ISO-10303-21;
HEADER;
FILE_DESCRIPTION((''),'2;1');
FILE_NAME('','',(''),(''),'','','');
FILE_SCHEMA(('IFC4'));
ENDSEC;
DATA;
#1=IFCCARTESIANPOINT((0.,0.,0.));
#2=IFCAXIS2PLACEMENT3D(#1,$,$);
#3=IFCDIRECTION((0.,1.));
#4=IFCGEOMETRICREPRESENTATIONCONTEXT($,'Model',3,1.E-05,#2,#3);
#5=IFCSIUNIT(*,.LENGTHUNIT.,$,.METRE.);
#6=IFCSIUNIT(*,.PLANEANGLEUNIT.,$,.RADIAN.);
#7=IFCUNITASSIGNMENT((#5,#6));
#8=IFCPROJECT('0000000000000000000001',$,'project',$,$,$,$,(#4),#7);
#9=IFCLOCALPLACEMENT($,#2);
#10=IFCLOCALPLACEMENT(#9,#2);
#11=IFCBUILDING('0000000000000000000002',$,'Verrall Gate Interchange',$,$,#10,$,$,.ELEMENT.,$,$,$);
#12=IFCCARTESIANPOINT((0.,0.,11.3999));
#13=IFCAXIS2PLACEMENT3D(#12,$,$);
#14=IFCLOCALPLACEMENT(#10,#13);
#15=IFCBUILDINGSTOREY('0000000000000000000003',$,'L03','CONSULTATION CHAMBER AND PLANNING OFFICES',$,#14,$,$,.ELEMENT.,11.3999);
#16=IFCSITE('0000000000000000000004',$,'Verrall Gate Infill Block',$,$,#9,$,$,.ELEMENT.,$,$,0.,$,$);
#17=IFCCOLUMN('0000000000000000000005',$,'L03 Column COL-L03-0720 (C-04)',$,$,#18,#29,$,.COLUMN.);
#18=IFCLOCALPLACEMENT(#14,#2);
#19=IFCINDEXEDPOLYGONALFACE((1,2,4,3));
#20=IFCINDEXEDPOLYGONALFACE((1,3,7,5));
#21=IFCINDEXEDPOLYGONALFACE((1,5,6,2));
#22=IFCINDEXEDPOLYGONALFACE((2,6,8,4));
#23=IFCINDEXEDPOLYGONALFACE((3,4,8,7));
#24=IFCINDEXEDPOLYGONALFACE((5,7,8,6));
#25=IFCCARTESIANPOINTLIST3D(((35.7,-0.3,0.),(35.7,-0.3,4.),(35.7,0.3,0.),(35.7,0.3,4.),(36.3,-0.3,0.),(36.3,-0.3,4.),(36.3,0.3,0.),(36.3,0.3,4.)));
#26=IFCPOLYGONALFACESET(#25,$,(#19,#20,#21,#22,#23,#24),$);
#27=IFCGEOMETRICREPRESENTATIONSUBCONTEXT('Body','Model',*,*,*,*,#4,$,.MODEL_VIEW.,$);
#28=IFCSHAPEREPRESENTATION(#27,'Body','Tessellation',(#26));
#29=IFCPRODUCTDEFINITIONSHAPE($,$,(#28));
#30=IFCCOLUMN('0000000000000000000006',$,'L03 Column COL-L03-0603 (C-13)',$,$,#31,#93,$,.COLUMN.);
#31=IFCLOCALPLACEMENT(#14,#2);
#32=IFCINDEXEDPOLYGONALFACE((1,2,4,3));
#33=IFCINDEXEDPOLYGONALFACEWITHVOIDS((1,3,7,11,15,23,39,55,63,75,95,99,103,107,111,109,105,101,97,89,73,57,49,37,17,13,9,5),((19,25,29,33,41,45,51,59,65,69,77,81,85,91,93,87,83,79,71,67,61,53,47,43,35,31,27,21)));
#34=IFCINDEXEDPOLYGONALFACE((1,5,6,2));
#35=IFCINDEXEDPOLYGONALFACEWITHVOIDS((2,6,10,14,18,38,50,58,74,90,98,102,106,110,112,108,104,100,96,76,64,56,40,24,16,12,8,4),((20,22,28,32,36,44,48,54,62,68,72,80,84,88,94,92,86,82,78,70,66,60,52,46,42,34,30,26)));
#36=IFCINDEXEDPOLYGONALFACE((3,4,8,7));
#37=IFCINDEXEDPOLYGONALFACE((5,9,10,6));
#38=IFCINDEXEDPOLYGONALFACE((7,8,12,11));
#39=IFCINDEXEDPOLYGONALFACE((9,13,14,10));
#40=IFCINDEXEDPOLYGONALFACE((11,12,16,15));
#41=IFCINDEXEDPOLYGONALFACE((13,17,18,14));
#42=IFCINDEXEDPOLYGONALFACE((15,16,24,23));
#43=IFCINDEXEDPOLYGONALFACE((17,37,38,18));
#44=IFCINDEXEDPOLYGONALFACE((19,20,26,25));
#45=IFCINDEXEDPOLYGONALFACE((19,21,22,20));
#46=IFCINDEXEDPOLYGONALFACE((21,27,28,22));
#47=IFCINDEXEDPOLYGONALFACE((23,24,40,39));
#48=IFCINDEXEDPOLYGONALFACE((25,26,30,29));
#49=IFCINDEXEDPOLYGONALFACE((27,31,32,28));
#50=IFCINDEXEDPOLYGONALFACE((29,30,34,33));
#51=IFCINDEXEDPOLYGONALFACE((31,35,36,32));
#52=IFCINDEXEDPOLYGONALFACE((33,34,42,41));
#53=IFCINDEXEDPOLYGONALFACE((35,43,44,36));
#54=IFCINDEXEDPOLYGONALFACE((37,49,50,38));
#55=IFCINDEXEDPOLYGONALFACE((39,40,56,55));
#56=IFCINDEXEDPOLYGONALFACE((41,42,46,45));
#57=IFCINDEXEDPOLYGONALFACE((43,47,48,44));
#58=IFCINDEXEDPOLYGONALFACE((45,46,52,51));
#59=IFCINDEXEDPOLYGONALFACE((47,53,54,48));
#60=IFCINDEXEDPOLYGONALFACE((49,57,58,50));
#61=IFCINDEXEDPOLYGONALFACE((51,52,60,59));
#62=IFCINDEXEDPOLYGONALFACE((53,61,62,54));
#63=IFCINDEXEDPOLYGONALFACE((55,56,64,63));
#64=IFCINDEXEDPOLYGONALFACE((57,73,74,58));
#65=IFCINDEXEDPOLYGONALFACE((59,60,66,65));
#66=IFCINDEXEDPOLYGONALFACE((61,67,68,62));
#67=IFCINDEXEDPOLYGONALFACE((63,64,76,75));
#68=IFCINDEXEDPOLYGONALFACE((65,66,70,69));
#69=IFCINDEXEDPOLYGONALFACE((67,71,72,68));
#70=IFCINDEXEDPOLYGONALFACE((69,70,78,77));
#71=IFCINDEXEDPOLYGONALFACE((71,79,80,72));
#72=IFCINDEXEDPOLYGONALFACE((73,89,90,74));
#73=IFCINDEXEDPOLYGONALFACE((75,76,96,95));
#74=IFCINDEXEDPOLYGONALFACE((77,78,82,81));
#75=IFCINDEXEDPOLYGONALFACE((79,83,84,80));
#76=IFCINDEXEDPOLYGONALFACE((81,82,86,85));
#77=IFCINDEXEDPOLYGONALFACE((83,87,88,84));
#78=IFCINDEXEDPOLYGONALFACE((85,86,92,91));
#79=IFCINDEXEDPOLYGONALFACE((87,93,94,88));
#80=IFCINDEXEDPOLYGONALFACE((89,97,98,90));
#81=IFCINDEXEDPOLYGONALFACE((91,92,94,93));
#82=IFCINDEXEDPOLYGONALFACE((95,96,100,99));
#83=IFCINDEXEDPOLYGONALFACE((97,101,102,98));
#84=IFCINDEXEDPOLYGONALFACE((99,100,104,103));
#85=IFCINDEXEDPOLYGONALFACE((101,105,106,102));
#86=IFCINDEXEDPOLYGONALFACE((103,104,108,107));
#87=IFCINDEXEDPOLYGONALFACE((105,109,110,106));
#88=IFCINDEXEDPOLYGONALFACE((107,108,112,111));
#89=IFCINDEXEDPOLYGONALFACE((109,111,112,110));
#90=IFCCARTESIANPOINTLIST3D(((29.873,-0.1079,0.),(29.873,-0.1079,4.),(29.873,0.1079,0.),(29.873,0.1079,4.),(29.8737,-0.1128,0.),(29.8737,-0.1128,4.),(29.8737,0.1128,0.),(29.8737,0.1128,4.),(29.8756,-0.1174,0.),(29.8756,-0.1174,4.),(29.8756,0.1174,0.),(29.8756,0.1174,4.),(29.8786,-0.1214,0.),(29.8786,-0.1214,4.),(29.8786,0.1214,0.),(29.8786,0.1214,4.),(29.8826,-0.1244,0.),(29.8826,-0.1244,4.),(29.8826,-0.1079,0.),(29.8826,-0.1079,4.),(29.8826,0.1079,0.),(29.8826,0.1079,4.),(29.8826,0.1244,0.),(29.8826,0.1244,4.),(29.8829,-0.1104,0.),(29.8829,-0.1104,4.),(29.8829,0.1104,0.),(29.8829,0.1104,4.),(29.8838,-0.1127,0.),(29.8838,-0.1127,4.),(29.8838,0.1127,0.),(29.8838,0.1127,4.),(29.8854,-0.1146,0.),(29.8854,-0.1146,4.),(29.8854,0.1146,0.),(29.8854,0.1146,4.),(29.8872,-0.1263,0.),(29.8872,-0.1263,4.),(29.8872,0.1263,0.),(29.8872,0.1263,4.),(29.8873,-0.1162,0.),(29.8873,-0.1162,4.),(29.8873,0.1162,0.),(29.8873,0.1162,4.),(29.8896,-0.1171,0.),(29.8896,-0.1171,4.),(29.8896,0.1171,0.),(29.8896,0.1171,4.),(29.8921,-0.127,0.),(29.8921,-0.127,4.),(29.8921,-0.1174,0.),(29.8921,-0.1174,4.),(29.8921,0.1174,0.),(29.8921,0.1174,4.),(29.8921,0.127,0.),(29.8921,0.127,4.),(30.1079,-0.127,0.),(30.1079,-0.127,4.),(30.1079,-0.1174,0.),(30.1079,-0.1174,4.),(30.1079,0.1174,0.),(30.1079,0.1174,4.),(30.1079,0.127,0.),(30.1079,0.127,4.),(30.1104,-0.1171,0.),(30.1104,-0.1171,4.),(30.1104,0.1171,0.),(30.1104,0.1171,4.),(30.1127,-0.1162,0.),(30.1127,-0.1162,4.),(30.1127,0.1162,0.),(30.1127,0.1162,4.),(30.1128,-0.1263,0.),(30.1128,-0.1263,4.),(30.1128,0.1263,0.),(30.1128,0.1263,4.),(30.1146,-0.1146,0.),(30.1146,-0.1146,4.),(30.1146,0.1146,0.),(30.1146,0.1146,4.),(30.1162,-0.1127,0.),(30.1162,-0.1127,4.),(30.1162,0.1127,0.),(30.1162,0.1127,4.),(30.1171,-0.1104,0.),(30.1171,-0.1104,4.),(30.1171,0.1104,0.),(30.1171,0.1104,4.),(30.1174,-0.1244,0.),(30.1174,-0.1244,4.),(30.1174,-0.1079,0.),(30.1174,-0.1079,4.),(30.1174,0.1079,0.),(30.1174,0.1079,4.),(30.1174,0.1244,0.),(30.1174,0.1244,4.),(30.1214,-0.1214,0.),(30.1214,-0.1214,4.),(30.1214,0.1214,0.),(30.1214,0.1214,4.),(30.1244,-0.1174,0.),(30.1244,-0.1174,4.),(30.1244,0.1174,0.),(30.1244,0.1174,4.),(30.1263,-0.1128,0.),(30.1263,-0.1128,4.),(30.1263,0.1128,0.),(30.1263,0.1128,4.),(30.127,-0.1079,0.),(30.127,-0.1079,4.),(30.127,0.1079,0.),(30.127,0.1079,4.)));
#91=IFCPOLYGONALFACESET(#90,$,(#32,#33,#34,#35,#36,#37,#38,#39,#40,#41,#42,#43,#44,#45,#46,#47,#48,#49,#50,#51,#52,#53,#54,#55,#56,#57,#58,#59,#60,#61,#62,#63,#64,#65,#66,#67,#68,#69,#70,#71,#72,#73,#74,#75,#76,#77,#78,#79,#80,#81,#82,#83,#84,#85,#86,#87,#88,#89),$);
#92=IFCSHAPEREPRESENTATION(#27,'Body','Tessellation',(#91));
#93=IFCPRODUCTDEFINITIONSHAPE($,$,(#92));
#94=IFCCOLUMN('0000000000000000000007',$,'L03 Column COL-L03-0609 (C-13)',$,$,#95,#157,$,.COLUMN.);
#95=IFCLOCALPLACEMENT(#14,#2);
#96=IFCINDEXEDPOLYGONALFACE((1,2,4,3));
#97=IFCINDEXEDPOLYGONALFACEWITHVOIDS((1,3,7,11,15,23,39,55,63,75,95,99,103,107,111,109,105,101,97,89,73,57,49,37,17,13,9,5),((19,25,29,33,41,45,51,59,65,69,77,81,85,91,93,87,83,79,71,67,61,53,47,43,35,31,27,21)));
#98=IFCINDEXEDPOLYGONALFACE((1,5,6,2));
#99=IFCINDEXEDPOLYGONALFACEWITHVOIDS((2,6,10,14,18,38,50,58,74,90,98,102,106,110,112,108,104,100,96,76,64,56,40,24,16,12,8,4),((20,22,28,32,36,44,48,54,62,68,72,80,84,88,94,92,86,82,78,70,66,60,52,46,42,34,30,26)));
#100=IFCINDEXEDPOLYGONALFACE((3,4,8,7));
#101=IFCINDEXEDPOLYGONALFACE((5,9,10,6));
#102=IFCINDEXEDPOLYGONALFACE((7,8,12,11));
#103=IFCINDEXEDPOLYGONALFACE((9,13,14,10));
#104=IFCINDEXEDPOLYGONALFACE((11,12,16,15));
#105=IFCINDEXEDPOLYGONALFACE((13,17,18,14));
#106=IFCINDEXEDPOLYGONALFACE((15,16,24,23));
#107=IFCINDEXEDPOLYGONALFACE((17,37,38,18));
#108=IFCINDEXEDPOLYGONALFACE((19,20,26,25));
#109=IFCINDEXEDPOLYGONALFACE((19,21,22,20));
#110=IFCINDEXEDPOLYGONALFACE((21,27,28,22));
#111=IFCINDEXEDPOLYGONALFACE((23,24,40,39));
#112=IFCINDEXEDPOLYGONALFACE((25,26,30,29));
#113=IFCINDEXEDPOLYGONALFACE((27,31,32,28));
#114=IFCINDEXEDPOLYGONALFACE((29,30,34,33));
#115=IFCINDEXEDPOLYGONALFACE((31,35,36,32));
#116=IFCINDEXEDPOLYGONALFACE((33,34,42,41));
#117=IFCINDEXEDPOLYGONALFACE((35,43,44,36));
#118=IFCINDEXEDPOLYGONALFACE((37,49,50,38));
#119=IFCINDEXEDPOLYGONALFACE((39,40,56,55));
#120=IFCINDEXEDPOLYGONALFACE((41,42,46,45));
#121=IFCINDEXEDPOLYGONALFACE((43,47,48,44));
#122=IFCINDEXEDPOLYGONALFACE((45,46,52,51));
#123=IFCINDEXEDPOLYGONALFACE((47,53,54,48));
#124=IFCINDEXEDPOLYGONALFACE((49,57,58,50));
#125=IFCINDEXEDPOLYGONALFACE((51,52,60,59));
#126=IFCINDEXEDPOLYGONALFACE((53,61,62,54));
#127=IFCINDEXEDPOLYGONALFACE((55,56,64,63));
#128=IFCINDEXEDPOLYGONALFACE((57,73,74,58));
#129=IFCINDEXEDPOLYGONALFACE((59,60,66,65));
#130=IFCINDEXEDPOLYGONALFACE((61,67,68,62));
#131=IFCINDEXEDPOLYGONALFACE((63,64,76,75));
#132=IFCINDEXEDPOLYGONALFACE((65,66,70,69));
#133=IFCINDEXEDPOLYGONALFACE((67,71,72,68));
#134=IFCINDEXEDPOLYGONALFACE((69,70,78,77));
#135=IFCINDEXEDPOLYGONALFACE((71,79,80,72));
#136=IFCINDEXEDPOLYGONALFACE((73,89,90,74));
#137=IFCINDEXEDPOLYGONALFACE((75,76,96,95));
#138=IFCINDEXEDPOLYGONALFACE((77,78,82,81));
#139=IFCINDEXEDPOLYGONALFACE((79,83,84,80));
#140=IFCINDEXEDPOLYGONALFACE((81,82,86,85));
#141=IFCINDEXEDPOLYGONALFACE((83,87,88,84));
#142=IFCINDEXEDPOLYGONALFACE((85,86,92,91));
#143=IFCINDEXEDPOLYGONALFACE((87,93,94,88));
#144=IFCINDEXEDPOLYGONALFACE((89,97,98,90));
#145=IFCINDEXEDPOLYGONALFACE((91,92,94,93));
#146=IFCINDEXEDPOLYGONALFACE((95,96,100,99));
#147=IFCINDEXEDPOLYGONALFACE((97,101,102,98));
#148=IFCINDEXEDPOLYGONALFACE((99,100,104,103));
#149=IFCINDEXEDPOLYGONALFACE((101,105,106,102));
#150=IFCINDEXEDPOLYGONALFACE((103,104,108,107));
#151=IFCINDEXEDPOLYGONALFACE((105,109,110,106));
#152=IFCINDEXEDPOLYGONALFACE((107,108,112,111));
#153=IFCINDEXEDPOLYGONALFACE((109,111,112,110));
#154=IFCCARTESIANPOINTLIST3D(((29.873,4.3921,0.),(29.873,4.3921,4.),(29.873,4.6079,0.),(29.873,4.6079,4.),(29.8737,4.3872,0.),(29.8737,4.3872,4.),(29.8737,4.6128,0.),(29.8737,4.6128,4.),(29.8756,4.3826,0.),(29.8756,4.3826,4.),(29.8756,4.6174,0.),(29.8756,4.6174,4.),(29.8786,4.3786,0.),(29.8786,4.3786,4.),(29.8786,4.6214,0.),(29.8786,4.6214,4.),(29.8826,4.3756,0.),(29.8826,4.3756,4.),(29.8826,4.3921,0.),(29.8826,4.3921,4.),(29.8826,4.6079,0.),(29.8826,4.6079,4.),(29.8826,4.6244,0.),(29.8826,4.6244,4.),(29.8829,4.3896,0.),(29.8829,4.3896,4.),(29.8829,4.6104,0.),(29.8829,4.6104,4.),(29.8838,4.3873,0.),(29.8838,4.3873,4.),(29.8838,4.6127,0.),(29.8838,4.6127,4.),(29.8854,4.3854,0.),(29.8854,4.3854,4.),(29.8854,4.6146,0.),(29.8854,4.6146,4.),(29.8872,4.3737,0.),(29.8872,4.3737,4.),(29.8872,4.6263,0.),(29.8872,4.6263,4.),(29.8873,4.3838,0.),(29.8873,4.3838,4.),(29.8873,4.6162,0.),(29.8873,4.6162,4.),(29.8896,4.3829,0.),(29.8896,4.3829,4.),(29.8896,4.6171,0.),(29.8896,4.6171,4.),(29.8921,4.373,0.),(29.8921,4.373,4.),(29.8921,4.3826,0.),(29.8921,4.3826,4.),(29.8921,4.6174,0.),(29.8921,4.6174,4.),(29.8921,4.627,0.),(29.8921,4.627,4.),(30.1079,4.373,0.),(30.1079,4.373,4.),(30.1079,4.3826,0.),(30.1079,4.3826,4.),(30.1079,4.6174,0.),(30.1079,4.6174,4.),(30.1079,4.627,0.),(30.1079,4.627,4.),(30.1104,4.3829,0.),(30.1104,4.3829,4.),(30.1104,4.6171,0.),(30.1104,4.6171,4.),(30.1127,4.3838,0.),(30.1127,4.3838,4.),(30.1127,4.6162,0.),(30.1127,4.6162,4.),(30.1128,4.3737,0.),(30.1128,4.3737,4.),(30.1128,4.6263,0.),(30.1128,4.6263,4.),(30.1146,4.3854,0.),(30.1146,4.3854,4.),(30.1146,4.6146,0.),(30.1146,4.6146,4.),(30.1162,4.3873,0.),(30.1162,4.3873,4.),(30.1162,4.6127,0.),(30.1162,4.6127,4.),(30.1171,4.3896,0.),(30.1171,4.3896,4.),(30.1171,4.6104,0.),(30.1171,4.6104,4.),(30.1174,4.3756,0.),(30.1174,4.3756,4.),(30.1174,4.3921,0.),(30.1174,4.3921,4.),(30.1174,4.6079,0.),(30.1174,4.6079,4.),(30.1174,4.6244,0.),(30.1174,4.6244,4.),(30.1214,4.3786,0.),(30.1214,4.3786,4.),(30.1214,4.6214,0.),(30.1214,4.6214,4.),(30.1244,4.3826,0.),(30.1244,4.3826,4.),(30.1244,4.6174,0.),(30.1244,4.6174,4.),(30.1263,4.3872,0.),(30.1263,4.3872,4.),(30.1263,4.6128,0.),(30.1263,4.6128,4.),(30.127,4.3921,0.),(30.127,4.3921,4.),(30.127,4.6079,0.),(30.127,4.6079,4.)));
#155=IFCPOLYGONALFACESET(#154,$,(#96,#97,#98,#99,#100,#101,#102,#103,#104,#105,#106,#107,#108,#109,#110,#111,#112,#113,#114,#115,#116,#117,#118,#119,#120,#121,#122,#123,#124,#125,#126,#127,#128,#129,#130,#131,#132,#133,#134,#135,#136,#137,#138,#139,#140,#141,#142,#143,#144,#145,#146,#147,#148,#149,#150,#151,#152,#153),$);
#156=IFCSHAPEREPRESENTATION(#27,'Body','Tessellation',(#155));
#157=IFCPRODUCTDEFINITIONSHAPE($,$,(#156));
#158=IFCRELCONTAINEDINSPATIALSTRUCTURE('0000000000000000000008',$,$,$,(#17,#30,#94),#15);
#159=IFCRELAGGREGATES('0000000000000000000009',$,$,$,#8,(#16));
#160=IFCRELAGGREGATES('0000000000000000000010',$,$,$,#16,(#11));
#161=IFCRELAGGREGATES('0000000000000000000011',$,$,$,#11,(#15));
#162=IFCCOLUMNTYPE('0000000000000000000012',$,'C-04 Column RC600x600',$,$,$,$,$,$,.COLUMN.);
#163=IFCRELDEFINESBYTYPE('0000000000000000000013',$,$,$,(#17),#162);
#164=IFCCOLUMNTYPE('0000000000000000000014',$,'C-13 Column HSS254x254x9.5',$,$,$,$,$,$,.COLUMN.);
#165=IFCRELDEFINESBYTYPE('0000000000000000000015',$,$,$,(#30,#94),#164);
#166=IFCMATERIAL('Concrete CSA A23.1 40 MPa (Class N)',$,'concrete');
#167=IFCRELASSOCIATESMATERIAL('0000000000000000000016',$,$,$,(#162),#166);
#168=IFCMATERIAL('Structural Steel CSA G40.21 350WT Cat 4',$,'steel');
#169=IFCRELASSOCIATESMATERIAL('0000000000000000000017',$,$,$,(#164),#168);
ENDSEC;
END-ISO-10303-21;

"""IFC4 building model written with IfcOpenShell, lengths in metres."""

from ifc_helpers import new_model, si_unit, direction, frame, origin, origin_2d, place, context, subcontext, project, spatial, rectangle, hollow_rectangle, extrude, material, material_profile, profile_set, type_object, element, save


model = new_model("IFC4")

# Units and contexts
model_context = context("Model", 3, precision=1e-05, world=origin(), true_north=direction((0.0, 1.0)))
body_context = subcontext(model_context, "Body", "Model", "MODEL_VIEW")
ifc_project = project(units=[si_unit("LENGTHUNIT", "METRE"), si_unit("PLANEANGLEUNIT", "RADIAN")], contexts=[model_context])

# Site, building, storey
site_placement = place(None, origin())
site = spatial("IfcSite", under=ifc_project, at=site_placement, Name="Verrall Gate Infill Block", CompositionType="ELEMENT", RefElevation=0.0)
building_placement = place(site_placement, origin())
building = spatial("IfcBuilding", under=site, at=building_placement, Name="Verrall Gate Interchange", CompositionType="ELEMENT")
storey_placement = place(building_placement, frame((0.0, 0.0, 11.3999)))
storey = spatial("IfcBuildingStorey", under=building, at=storey_placement, Name="L03", Description="CONSULTATION CHAMBER AND PLANNING OFFICES", CompositionType="ELEMENT", Elevation=11.3999)

# Columns
ifc_material_1 = material(Name="Concrete CSA A23.1 40 MPa (Class N)", Category="concrete")
ifc_material_profile_1 = material_profile(ifc_material_1, rectangle(XDim=0.6001, YDim=0.6001, at=origin_2d()), Name="RC600x600")
ifc_profile_set_1 = profile_set([ifc_material_profile_1], Name="Concrete CSA A23.1 40 MPa (Class N)")
column_type_1 = type_object("IfcColumnType", Name="C-04 Column RC600x600", PredefinedType="COLUMN", material=ifc_profile_set_1)
column_placement = place(storey_placement, frame((36.0, 0.0, 0.0), z_axis=(0.0, 0.0, 1.0), x_axis=(1.0, 0.0, 0.0)))
element("IfcColumn", 1, at=column_placement, inside=storey, type_object=column_type_1, Name="L03 Column COL-L03-0720 (C-04)", PredefinedType="COLUMN", context=body_context, shape_type="SweptSolid", body=[
    extrude(rectangle(XDim=0.6001, YDim=0.6001, at=origin_2d()), origin(), (0.0, 0.0, 1.0), 4.0),
])
ifc_material_2 = material(Name="Structural Steel CSA G40.21 350WT Cat 4", Category="steel")
ifc_material_profile_2 = material_profile(ifc_material_2, hollow_rectangle(XDim=0.2539, YDim=0.2539, WallThickness=0.0095, InnerFilletRadius=0.0095, OuterFilletRadius=0.019, at=origin_2d()), Name="HSS254x254x9.5")
ifc_profile_set_2 = profile_set([ifc_material_profile_2], Name="Structural Steel CSA G40.21 350WT Cat 4")
column_type_2 = type_object("IfcColumnType", Name="C-13 Column HSS254x254x9.5", PredefinedType="COLUMN", material=ifc_profile_set_2)
for number, where, z_axis, x_axis, name in (
    (2, (30.0, 0.0, 0.0), (0.0, 0.0, 1.0), (1.0, 0.0, 0.0), "L03 Column COL-L03-0603 (C-13)"),
    (3, (30.0, 4.5, 0.0), (0.0, 0.0, 1.0), (1.0, 0.0, 0.0), "L03 Column COL-L03-0609 (C-13)"),
):
    element("IfcColumn", number, at=place(storey_placement, frame(where, z_axis=z_axis, x_axis=x_axis)), inside=storey, type_object=column_type_2, Name=name, PredefinedType="COLUMN", context=body_context, shape_type="SweptSolid", body=[
        extrude(hollow_rectangle(XDim=0.2539, YDim=0.2539, WallThickness=0.0095, InnerFilletRadius=0.0095, OuterFilletRadius=0.019, at=origin_2d()), origin(), (0.0, 0.0, 1.0), 4.0),
    ])

save(model, "model.ifc")
